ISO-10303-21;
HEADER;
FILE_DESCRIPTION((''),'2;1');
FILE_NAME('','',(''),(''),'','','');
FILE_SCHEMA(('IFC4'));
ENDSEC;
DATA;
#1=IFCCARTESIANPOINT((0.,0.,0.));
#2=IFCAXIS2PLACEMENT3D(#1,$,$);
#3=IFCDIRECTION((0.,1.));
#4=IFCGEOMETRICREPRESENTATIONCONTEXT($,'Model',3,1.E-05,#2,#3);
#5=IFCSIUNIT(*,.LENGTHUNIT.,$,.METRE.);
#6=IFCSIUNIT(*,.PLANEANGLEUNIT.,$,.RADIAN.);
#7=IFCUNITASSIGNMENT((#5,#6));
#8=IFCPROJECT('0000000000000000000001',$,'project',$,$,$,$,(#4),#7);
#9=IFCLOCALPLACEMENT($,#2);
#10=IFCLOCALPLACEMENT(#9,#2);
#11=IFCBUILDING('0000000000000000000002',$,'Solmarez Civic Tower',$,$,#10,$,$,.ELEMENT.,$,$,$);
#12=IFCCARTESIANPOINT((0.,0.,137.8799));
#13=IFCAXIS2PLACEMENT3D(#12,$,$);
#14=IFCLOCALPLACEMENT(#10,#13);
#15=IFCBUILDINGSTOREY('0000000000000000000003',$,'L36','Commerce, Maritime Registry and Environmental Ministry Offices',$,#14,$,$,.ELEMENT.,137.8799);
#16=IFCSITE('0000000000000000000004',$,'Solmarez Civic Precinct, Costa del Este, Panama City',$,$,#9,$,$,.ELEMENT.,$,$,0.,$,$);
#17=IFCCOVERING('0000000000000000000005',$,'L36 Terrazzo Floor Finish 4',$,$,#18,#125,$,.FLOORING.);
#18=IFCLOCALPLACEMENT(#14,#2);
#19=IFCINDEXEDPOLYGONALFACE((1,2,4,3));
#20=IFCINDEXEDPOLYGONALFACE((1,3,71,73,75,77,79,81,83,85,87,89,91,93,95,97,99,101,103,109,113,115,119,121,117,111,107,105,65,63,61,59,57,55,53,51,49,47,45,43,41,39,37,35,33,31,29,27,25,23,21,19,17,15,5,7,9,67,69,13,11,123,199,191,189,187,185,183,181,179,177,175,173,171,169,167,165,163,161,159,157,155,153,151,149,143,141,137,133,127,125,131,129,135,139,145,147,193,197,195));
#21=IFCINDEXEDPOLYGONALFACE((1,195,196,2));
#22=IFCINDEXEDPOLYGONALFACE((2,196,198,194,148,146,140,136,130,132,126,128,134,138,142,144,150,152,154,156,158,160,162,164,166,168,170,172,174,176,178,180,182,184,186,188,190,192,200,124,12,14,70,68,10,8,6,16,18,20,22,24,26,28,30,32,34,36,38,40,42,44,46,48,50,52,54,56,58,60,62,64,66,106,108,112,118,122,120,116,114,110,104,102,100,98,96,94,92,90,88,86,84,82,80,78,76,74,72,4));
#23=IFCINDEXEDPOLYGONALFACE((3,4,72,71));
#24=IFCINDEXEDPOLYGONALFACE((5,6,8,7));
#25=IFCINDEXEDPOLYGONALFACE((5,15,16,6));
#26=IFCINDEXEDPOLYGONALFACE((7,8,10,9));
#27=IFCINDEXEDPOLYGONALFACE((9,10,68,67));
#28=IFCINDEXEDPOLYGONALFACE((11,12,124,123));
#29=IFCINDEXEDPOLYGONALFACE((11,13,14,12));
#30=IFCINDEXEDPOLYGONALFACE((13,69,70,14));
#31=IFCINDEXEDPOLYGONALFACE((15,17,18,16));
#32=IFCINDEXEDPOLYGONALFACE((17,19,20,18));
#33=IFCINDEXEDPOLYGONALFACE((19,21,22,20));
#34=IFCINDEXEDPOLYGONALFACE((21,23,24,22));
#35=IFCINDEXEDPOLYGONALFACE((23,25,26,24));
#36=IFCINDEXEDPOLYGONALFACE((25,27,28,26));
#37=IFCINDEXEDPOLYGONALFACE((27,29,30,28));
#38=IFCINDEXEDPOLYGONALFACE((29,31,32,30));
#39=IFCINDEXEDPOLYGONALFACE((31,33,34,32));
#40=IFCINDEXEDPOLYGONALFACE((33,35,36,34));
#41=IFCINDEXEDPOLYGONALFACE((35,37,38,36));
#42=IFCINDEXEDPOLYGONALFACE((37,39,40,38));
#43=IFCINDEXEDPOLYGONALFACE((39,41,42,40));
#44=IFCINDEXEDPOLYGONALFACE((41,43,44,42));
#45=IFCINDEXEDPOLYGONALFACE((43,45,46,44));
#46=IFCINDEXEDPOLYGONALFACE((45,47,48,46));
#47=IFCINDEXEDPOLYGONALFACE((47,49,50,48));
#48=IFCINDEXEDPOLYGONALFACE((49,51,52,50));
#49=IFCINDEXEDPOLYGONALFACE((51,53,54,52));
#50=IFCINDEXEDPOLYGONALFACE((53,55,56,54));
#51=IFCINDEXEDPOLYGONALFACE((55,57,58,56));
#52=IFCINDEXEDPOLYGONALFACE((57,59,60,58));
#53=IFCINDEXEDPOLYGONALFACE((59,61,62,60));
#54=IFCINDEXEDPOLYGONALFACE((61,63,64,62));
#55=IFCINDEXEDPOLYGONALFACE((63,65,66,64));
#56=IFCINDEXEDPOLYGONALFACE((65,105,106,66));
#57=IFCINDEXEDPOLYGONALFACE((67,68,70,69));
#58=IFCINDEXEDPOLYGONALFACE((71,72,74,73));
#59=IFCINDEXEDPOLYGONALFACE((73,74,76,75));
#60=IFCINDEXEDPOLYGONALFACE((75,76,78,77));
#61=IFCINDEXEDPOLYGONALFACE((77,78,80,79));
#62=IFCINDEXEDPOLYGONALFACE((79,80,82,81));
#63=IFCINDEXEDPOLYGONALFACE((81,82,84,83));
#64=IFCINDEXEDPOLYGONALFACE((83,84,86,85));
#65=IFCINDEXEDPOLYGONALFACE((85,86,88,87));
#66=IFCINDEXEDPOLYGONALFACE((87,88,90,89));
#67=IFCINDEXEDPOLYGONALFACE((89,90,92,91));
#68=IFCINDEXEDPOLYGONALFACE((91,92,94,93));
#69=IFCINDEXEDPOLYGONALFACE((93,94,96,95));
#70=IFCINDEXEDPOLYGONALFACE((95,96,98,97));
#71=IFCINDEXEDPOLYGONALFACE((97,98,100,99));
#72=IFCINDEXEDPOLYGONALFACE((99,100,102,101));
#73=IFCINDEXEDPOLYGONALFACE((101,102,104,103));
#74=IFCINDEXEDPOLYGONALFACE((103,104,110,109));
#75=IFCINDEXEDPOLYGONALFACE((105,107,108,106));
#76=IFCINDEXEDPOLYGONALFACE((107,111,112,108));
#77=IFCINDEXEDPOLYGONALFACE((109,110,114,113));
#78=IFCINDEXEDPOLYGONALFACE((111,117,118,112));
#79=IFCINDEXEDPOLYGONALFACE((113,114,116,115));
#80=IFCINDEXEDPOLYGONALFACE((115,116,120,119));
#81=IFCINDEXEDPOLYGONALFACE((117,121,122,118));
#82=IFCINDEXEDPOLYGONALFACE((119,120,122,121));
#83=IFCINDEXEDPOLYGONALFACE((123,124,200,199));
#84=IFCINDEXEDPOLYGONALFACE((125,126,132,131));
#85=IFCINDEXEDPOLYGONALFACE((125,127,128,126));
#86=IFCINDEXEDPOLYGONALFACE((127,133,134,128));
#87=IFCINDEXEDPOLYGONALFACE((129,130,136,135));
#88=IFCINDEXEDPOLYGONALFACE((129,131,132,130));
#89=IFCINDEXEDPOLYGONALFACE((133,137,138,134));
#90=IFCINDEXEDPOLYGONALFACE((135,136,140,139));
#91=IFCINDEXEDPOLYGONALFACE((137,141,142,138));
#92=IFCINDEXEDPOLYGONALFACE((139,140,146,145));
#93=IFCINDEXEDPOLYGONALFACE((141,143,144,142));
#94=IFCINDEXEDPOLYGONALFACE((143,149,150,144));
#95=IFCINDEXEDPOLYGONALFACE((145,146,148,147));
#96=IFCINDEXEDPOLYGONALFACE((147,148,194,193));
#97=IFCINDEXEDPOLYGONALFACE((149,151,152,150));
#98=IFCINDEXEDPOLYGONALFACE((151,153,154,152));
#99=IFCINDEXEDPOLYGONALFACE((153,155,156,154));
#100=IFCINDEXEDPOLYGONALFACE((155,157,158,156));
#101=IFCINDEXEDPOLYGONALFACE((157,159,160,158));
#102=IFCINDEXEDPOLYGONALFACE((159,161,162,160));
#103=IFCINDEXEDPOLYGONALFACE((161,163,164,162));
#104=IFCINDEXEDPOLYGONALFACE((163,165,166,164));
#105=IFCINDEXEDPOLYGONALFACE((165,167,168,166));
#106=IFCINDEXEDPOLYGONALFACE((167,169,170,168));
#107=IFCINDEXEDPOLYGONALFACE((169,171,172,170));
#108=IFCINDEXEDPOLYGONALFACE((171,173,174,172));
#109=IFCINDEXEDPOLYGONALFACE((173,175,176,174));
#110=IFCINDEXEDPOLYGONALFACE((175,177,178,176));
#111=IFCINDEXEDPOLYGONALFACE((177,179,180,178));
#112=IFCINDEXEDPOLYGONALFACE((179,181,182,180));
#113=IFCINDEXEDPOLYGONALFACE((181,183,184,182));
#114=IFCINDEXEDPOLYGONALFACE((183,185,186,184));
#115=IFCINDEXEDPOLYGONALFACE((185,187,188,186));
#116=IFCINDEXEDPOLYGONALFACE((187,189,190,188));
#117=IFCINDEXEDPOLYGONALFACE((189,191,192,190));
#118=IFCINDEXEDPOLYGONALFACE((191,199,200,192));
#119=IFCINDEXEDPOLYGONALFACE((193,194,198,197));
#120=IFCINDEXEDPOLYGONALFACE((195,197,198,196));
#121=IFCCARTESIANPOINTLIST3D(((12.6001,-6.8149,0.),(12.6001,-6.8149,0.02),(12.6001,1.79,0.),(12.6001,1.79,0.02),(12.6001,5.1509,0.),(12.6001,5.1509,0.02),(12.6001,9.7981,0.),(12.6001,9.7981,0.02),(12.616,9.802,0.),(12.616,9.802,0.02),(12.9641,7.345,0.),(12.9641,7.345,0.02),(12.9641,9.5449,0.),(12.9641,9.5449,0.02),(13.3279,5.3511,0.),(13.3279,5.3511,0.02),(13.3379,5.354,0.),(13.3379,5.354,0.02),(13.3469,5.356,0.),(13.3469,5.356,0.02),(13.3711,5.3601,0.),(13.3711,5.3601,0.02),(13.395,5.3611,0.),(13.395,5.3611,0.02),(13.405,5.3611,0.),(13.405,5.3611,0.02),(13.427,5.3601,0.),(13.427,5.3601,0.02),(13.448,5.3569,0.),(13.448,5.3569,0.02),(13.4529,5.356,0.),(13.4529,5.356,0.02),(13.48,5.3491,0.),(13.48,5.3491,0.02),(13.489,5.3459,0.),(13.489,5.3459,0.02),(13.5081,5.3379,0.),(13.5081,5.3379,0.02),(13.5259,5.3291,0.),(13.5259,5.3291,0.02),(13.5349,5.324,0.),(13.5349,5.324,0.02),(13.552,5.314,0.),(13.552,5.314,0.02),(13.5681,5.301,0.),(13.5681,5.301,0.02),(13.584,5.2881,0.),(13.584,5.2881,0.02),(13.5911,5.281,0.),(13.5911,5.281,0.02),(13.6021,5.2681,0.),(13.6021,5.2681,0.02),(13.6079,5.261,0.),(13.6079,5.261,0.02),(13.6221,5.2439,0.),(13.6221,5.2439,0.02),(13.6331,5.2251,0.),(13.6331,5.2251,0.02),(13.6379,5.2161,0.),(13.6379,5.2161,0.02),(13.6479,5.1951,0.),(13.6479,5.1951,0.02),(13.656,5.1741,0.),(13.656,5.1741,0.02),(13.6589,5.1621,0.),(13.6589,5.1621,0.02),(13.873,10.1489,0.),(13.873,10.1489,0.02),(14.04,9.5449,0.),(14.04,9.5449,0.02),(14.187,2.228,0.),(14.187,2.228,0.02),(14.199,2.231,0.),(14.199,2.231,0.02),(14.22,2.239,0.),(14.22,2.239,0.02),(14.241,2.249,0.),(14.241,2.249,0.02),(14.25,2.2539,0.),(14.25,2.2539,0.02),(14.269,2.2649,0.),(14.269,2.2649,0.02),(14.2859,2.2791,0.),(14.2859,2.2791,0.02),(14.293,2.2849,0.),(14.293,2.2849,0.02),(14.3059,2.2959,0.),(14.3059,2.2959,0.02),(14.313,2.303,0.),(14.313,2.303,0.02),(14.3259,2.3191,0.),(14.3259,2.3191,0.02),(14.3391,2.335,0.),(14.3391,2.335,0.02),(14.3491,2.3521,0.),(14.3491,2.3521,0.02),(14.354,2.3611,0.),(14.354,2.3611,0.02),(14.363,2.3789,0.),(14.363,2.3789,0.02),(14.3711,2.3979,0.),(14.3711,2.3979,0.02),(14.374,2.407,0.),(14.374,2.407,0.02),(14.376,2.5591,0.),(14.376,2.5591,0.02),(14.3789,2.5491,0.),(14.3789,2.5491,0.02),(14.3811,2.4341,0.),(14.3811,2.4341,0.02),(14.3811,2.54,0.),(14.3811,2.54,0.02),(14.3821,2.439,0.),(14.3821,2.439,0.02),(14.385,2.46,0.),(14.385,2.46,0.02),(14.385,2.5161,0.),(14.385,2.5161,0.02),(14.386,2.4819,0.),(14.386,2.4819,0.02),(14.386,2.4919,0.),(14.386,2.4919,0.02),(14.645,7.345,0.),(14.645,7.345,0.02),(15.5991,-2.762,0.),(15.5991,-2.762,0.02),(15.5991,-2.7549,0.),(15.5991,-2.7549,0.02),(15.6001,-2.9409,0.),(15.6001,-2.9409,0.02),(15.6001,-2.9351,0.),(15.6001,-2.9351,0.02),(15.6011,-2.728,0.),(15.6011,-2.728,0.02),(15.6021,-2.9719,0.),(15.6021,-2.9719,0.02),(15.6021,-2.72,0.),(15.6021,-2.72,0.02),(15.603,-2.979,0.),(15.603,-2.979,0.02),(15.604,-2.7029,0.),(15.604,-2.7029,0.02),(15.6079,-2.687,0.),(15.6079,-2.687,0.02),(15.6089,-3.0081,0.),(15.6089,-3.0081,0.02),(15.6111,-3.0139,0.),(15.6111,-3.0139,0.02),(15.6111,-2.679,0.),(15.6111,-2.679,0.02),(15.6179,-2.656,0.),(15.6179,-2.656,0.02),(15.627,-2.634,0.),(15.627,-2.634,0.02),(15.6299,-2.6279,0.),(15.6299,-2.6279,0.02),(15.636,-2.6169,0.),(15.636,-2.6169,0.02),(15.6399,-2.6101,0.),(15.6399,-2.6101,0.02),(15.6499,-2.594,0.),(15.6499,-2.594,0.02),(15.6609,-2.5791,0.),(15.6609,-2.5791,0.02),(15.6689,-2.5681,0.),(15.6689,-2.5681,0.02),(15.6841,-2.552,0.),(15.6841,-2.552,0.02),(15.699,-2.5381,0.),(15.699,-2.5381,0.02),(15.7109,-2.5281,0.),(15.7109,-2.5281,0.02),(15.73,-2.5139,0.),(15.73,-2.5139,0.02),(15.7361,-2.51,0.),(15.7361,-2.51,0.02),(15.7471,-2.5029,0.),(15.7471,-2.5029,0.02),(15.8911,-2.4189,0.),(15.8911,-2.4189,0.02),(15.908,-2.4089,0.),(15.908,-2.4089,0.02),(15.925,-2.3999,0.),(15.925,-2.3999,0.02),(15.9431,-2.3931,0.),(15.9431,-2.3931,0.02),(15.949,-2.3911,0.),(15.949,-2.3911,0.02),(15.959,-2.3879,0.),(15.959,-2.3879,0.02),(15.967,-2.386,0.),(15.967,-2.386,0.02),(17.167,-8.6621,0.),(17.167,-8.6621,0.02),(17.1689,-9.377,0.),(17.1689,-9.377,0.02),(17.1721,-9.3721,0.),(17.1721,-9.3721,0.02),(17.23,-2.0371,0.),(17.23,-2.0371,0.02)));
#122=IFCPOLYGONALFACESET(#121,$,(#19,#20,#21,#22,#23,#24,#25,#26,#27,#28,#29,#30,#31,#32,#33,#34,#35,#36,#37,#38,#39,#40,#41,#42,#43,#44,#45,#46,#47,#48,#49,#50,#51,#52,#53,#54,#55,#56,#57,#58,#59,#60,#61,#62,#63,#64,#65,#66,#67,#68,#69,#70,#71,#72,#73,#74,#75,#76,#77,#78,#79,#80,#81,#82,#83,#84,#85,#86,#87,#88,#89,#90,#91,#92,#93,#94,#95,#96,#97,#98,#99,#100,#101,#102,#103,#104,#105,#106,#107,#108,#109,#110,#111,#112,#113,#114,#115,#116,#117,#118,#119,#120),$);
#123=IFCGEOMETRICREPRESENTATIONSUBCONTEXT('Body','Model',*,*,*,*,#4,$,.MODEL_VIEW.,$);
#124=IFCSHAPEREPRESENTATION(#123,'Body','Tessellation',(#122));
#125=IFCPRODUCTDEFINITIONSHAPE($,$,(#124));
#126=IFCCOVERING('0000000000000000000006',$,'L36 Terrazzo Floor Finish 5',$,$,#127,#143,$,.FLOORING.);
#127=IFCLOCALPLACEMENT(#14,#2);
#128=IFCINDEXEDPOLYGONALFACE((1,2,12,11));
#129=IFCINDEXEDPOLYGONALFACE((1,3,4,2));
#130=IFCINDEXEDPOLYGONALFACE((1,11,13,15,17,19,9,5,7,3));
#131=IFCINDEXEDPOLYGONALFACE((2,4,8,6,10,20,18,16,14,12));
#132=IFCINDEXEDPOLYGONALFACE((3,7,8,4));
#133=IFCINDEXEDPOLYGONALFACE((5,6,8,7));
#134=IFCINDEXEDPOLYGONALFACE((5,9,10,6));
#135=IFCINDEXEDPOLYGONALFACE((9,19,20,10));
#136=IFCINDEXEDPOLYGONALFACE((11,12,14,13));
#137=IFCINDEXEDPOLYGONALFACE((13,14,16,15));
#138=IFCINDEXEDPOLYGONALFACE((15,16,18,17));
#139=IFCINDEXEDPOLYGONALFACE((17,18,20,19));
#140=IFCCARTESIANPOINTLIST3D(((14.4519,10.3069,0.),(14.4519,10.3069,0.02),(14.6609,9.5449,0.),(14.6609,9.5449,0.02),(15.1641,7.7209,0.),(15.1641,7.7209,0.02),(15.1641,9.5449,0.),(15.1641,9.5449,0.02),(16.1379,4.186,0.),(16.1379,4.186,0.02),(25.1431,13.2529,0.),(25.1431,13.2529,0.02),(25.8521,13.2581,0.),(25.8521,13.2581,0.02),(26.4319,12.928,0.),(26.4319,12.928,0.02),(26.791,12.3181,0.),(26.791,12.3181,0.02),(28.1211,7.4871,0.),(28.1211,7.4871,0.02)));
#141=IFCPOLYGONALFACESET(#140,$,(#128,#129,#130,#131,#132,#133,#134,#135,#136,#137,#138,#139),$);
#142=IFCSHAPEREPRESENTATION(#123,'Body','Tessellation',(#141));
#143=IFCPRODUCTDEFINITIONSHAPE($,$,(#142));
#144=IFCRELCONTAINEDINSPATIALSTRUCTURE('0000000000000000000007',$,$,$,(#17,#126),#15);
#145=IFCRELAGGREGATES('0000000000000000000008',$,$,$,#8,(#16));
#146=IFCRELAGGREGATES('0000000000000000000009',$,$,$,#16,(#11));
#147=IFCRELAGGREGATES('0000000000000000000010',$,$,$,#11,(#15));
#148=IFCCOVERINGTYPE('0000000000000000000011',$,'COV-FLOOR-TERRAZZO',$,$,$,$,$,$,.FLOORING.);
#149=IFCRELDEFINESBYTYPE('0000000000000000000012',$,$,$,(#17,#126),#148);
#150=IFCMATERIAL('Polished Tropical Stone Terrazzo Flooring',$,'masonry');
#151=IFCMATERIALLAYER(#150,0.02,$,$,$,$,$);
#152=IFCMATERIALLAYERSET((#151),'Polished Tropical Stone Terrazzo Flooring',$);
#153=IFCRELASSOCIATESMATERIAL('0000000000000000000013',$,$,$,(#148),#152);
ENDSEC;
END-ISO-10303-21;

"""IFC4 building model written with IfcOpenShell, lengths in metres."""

from ifc_helpers import new_model, si_unit, direction, frame, origin, place, context, subcontext, project, spatial, polyline, outline, extrude, material, layer, layer_set, type_object, element, save


model = new_model("IFC4")

# Units and contexts
model_context = context("Model", 3, precision=1e-05, world=origin(), true_north=direction((0.0, 1.0)))
body_context = subcontext(model_context, "Body", "Model", "MODEL_VIEW")
ifc_project = project(units=[si_unit("LENGTHUNIT", "METRE"), si_unit("PLANEANGLEUNIT", "RADIAN")], contexts=[model_context])

# Site, building, storey
site_placement = place(None, origin())
site = spatial("IfcSite", under=ifc_project, at=site_placement, Name="Solmarez Civic Precinct, Costa del Este, Panama City", CompositionType="ELEMENT", RefElevation=0.0)
building_placement = place(site_placement, origin())
building = spatial("IfcBuilding", under=site, at=building_placement, Name="Solmarez Civic Tower", CompositionType="ELEMENT")
storey_placement = place(building_placement, frame((0.0, 0.0, 137.8799)))
storey = spatial("IfcBuildingStorey", under=building, at=storey_placement, Name="L36", Description="Commerce, Maritime Registry and Environmental Ministry Offices", CompositionType="ELEMENT", Elevation=137.8799)

# Coverings
ifc_material_1 = material(Name="Polished Tropical Stone Terrazzo Flooring", Category="masonry")
ifc_layer_1 = layer(ifc_material_1, 0.02)
ifc_layer_set_1 = layer_set([ifc_layer_1], Name="Polished Tropical Stone Terrazzo Flooring")
covering_type_1 = type_object("IfcCoveringType", Name="COV-FLOOR-TERRAZZO", PredefinedType="FLOORING", material=ifc_layer_set_1)
covering_1_placement = place(storey_placement, origin())
element("IfcCovering", 1, at=covering_1_placement, inside=storey, type_object=covering_type_1, Name="L36 Terrazzo Floor Finish 4", PredefinedType="FLOORING", context=body_context, shape_type="SweptSolid", body=[
    extrude(outline(polyline([(13.6589, 5.1621), (14.376, 2.5591), (14.3789, 2.5491), (14.3811, 2.54), (14.385, 2.5161), (14.386, 2.4919), (14.386, 2.4819), (14.385, 2.46), (14.3821, 2.439), (14.3811, 2.4341), (14.374, 2.407), (14.3711, 2.3979), (14.363, 2.3789), (14.354, 2.3611), (14.3491, 2.3521), (14.3391, 2.335), (14.3259, 2.3191), (14.313, 2.303), (14.3059, 2.2959), (14.293, 2.2849), (14.2859, 2.2791), (14.269, 2.2649), (14.25, 2.2539), (14.241, 2.249), (14.22, 2.239), (14.199, 2.231), (14.187, 2.228), (12.6001, 1.79), (12.6001, -6.8149), (17.1689, -9.377), (17.1721, -9.3721), (17.167, -8.6621), (15.6111, -3.0139), (15.6089, -3.0081), (15.603, -2.979), (15.6021, -2.9719), (15.6001, -2.9409), (15.6001, -2.9351), (15.5991, -2.762), (15.5991, -2.7549), (15.6011, -2.728), (15.6021, -2.72), (15.604, -2.7029), (15.6079, -2.687), (15.6111, -2.679), (15.6179, -2.656), (15.627, -2.634), (15.6299, -2.6279), (15.636, -2.6169), (15.6399, -2.6101), (15.6499, -2.594), (15.6609, -2.5791), (15.6689, -2.5681), (15.6841, -2.552), (15.699, -2.5381), (15.7109, -2.5281), (15.73, -2.5139), (15.7361, -2.51), (15.7471, -2.5029), (15.8911, -2.4189), (15.908, -2.4089), (15.925, -2.3999), (15.9431, -2.3931), (15.949, -2.3911), (15.959, -2.3879), (15.967, -2.386), (17.23, -2.0371), (14.645, 7.345), (12.9641, 7.345), (12.9641, 9.5449), (14.04, 9.5449), (13.873, 10.1489), (12.616, 9.802), (12.6001, 9.7981), (12.6001, 5.1509), (13.3279, 5.3511), (13.3379, 5.354), (13.3469, 5.356), (13.3711, 5.3601), (13.395, 5.3611), (13.405, 5.3611), (13.427, 5.3601), (13.448, 5.3569), (13.4529, 5.356), (13.48, 5.3491), (13.489, 5.3459), (13.5081, 5.3379), (13.5259, 5.3291), (13.5349, 5.324), (13.552, 5.314), (13.5681, 5.301), (13.584, 5.2881), (13.5911, 5.281), (13.6021, 5.2681), (13.6079, 5.261), (13.6221, 5.2439), (13.6331, 5.2251), (13.6379, 5.2161), (13.6479, 5.1951), (13.656, 5.1741), (13.6589, 5.1621)])), origin(), (0.0, 0.0, 1.0), 0.02),
])
covering_2_placement = place(storey_placement, origin())
element("IfcCovering", 2, at=covering_2_placement, inside=storey, type_object=covering_type_1, Name="L36 Terrazzo Floor Finish 5", PredefinedType="FLOORING", context=body_context, shape_type="SweptSolid", body=[
    extrude(outline(polyline([(28.1211, 7.4871), (26.791, 12.3181), (26.4319, 12.928), (25.8521, 13.2581), (25.1431, 13.2529), (14.4519, 10.3069), (14.6609, 9.5449), (15.1641, 9.5449), (15.1641, 7.7209), (16.1379, 4.186), (28.1211, 7.4871)])), origin(), (0.0, 0.0, 1.0), 0.02),
])

save(model, "model.ifc")
